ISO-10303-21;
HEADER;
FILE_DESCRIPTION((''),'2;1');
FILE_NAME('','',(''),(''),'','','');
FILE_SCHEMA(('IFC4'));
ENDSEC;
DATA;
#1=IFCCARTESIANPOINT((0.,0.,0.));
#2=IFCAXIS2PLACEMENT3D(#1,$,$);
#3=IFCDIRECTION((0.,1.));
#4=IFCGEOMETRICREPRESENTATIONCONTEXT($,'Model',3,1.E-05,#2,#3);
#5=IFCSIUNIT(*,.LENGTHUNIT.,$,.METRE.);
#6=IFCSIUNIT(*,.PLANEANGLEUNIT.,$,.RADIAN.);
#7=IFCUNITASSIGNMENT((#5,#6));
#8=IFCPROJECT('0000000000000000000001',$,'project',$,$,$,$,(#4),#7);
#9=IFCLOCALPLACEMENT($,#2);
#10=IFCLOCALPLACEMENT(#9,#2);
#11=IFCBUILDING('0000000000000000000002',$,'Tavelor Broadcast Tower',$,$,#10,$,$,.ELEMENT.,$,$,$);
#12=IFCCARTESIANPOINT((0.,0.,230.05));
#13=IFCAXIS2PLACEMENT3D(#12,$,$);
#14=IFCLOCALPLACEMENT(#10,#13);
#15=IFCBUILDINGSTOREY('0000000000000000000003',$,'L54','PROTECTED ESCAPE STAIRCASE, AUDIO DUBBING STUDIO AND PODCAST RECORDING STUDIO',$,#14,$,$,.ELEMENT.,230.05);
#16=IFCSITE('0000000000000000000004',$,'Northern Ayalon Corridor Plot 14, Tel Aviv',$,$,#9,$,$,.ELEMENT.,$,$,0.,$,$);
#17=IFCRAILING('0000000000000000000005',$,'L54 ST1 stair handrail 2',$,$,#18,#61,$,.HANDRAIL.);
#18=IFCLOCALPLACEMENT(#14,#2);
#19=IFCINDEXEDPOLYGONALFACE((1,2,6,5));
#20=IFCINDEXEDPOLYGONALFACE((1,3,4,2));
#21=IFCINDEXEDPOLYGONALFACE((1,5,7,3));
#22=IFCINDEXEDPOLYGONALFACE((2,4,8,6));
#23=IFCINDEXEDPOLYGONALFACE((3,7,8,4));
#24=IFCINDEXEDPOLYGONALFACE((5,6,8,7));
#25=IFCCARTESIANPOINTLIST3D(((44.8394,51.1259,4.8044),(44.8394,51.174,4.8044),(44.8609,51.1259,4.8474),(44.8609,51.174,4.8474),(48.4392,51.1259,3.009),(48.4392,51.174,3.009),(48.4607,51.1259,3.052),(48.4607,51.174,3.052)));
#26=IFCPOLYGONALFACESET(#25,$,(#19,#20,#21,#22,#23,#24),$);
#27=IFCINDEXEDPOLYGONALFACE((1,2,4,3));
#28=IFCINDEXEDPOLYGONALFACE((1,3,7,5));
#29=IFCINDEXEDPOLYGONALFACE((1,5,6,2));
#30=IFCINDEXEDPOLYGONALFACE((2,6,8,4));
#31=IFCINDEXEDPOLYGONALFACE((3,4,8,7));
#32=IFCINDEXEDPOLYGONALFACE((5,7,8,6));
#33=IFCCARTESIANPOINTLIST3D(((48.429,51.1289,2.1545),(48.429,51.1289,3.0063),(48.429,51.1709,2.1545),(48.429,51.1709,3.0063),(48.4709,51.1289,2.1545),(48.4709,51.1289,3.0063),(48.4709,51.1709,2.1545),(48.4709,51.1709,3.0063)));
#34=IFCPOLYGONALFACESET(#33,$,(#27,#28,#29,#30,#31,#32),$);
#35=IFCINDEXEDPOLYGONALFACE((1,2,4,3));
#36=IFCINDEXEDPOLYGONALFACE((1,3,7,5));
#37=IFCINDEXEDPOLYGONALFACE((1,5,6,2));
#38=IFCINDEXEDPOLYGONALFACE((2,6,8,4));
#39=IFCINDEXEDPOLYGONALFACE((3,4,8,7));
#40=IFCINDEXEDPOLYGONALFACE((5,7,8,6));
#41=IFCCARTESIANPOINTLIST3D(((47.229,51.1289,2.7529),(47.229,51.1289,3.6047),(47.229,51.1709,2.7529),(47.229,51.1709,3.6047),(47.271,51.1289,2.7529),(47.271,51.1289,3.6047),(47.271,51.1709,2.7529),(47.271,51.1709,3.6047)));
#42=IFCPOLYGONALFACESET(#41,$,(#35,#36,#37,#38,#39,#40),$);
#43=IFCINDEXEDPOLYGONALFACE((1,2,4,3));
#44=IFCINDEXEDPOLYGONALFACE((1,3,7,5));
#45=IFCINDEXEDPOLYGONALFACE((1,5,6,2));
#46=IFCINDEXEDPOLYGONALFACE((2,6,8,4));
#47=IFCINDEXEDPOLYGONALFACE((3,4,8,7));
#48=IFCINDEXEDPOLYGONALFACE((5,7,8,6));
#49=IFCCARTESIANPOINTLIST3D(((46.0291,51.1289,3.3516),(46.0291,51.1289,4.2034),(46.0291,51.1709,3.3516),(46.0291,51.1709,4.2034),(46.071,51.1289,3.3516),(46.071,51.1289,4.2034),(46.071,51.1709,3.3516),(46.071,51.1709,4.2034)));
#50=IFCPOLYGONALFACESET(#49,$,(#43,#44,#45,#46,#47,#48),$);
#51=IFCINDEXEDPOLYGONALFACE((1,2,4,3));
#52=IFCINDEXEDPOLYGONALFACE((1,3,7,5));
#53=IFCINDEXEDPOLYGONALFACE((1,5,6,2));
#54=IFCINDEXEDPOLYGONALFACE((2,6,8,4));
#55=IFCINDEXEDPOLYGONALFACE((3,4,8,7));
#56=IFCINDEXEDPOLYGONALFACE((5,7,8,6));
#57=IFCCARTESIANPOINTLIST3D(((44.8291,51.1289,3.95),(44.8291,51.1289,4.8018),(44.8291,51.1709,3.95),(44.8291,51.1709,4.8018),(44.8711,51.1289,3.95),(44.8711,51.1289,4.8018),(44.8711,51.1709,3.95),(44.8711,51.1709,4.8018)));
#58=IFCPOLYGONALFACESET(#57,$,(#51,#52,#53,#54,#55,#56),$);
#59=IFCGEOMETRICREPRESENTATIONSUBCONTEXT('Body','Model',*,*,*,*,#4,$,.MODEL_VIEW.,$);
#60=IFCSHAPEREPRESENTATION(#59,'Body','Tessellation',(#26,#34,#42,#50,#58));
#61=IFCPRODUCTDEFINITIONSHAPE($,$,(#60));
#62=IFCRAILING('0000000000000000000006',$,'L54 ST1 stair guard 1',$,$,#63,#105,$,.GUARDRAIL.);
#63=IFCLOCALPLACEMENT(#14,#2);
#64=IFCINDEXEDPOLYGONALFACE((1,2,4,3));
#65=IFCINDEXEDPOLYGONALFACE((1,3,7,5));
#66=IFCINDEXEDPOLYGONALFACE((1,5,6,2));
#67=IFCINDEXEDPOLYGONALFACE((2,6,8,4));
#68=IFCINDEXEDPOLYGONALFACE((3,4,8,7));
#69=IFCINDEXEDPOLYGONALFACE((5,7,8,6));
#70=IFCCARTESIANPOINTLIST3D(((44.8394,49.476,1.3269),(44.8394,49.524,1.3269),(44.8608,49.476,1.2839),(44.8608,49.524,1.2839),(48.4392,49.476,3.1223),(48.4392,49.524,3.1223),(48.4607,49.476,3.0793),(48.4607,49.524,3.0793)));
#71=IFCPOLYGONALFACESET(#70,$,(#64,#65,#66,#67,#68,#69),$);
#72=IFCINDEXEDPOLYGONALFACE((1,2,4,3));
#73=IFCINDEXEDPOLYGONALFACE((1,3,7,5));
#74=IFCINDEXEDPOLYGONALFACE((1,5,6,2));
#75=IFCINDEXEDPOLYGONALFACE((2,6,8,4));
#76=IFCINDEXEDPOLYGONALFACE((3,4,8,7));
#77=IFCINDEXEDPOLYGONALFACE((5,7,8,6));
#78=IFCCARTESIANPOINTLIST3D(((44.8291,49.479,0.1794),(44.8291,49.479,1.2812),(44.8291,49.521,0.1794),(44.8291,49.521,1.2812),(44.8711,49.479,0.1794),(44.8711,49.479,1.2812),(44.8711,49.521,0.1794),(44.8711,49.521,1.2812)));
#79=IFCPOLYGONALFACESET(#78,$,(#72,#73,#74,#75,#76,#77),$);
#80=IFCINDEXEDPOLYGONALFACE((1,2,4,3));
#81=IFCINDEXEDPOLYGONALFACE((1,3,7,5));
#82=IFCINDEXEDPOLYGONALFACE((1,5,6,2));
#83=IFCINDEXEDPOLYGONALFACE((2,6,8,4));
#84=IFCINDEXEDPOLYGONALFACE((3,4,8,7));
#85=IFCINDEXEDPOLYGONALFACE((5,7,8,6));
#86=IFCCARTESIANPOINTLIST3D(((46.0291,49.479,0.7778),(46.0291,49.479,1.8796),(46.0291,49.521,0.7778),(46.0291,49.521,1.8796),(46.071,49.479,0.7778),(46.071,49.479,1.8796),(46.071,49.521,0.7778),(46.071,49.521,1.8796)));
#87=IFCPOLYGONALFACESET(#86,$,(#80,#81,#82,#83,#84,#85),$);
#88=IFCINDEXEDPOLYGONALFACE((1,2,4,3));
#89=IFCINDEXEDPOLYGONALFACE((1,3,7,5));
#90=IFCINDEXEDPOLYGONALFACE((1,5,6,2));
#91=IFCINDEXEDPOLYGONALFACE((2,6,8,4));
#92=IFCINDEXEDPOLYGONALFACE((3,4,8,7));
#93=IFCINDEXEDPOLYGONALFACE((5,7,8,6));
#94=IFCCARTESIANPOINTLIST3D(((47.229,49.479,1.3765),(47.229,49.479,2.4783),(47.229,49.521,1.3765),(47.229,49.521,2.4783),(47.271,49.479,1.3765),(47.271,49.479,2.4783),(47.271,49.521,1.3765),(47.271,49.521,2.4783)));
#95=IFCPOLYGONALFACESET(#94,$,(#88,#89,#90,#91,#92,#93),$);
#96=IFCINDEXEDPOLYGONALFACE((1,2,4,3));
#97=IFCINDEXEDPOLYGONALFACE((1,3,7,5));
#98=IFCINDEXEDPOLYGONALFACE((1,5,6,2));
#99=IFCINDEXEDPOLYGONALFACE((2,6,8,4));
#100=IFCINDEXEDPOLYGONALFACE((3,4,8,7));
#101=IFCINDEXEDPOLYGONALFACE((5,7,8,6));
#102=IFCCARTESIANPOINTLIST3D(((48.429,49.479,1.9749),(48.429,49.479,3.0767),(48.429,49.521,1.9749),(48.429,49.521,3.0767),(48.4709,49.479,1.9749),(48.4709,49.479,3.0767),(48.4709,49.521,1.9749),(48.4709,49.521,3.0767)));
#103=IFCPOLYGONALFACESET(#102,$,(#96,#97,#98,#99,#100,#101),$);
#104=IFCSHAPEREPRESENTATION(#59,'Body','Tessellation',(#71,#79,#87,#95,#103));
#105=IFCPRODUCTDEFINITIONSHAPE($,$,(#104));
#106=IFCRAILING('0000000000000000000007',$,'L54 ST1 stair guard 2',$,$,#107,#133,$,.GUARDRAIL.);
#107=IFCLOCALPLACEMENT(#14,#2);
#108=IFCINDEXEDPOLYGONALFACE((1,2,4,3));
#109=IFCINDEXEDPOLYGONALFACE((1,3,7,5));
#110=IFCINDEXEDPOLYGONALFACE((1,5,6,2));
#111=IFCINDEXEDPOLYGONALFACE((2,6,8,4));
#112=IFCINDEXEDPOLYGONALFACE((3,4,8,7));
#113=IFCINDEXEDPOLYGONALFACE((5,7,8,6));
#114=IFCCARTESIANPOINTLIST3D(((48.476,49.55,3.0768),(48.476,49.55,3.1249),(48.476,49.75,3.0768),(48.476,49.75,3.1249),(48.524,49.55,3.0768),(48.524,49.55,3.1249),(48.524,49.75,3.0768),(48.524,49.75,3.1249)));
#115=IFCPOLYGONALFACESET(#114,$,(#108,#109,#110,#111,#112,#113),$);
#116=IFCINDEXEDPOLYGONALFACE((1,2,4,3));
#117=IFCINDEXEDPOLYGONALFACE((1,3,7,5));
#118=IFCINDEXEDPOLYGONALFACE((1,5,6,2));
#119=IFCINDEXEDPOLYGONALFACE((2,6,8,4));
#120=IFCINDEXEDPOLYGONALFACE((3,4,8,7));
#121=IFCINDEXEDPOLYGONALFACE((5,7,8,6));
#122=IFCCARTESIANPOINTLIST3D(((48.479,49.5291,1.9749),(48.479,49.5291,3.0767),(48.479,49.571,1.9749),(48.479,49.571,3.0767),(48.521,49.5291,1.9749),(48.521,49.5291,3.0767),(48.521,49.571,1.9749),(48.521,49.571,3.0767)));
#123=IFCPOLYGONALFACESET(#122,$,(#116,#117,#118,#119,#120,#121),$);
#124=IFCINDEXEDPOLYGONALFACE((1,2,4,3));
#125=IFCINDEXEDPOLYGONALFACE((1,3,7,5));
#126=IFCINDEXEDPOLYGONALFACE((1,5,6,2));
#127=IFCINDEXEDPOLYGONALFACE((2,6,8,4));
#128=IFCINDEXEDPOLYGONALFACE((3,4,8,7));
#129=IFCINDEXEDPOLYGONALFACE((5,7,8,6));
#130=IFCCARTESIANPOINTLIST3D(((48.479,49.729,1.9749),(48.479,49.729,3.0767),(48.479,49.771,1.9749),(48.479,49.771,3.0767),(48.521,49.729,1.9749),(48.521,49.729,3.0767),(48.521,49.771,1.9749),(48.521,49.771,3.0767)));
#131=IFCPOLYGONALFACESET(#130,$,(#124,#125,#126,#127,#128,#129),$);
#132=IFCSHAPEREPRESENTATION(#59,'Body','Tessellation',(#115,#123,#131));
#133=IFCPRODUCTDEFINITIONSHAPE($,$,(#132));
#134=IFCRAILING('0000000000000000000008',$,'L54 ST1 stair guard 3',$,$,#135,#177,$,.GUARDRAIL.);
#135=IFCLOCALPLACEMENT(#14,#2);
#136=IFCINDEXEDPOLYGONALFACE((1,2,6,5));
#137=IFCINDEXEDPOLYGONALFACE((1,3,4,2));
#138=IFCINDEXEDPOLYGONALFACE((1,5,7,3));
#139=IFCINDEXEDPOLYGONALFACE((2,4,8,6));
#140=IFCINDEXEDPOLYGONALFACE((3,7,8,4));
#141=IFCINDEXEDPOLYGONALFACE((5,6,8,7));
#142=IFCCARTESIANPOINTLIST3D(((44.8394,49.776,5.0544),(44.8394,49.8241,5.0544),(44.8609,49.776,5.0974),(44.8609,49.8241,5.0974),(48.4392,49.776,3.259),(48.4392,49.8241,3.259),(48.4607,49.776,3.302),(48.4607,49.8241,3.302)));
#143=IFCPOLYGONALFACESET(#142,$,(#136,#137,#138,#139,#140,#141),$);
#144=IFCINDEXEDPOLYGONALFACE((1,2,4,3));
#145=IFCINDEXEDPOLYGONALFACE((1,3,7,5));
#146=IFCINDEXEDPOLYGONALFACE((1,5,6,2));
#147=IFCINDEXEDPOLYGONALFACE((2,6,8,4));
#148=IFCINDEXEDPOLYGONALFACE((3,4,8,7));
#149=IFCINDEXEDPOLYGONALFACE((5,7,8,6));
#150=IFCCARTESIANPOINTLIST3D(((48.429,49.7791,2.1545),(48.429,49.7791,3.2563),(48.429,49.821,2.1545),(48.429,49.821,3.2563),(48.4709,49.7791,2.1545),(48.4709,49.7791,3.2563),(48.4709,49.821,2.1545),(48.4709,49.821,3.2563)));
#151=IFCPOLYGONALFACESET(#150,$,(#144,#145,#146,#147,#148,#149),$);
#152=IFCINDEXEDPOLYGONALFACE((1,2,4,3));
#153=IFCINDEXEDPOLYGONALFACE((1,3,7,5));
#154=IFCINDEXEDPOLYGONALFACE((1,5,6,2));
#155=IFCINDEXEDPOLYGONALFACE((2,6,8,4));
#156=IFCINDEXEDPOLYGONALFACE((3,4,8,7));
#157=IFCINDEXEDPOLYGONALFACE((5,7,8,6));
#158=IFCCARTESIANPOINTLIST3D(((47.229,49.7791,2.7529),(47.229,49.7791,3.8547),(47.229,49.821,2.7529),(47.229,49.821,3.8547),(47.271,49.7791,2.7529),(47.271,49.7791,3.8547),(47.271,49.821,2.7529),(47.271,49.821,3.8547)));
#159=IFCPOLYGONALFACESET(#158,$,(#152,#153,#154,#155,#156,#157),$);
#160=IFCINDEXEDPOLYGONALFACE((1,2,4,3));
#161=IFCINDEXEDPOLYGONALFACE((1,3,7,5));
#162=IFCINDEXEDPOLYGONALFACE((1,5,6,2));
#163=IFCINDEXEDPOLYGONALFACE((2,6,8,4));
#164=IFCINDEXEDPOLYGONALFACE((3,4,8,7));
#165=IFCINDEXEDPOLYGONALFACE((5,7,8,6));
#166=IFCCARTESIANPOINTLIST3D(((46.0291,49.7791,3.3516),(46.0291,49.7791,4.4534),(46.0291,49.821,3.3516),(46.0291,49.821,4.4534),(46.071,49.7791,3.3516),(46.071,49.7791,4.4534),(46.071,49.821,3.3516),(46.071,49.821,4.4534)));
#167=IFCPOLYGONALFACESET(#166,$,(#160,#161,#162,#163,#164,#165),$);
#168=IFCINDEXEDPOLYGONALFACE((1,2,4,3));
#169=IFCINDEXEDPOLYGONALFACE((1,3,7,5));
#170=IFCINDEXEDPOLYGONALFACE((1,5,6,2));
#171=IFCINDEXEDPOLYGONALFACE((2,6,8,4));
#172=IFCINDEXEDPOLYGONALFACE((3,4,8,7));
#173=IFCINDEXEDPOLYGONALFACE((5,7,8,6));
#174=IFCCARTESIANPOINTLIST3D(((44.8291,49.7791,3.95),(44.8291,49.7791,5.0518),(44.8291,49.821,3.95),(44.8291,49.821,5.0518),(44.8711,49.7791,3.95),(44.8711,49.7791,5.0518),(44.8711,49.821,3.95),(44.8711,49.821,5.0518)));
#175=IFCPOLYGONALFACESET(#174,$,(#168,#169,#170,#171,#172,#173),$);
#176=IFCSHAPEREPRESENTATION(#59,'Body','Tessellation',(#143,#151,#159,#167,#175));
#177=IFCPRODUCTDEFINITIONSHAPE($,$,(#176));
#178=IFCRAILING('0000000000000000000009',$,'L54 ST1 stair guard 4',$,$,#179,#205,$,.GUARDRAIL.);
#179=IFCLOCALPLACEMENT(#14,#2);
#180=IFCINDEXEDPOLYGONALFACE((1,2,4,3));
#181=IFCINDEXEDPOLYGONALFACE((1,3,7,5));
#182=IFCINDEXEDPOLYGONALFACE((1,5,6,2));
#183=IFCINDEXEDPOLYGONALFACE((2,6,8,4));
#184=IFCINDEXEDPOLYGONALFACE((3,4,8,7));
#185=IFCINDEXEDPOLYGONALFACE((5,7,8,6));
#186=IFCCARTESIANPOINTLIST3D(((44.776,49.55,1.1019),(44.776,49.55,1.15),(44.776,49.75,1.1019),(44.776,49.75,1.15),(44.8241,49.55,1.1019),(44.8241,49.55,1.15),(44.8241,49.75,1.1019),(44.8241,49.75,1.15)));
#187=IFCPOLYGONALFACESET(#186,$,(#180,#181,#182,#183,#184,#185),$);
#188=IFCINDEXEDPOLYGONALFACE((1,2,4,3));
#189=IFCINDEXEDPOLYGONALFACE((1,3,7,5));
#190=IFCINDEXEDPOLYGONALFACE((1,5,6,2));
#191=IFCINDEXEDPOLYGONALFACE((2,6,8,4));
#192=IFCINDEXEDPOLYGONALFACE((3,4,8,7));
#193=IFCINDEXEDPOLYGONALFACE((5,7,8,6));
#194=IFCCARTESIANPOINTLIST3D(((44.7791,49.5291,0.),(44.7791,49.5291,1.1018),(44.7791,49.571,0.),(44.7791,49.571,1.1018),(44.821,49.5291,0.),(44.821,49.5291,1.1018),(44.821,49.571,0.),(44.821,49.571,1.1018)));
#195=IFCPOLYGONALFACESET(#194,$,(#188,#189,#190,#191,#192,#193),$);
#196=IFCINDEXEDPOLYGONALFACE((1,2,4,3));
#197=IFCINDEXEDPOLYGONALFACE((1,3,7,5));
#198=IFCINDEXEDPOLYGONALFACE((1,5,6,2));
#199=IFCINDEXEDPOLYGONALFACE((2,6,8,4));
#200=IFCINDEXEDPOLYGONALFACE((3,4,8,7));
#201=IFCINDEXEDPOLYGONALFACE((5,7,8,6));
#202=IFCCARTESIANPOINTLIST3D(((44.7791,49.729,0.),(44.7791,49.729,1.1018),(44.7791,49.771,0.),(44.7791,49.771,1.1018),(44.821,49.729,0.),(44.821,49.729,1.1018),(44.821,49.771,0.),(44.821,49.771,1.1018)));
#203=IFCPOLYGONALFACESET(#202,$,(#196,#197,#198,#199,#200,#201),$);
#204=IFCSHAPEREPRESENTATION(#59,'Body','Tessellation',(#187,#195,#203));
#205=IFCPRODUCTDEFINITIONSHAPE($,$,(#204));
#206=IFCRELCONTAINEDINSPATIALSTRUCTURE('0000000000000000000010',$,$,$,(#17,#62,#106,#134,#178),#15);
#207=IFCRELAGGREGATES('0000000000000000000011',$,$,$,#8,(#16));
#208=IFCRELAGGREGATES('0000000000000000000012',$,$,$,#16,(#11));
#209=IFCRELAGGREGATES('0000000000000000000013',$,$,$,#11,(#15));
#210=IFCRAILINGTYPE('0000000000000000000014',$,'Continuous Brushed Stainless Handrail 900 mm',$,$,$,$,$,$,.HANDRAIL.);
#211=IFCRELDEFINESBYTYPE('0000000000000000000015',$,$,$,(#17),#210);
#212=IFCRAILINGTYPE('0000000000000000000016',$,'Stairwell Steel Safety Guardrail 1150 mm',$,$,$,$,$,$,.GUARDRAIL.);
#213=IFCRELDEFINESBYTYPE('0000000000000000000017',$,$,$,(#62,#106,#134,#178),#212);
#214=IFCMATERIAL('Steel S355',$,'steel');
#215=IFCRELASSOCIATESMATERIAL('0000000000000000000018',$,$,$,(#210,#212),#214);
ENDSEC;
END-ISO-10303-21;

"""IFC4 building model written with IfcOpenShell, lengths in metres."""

from ifc_helpers import new_model, si_unit, direction, frame, origin, origin_2d, place, context, subcontext, project, spatial, rectangle, extrude, material, type_object, element, save


model = new_model("IFC4")

# Units and contexts
model_context = context("Model", 3, precision=1e-05, world=origin(), true_north=direction((0.0, 1.0)))
body_context = subcontext(model_context, "Body", "Model", "MODEL_VIEW")
ifc_project = project(units=[si_unit("LENGTHUNIT", "METRE"), si_unit("PLANEANGLEUNIT", "RADIAN")], contexts=[model_context])

# Site, building, storey
site_placement = place(None, origin())
site = spatial("IfcSite", under=ifc_project, at=site_placement, Name="Northern Ayalon Corridor Plot 14, Tel Aviv", CompositionType="ELEMENT", RefElevation=0.0)
building_placement = place(site_placement, origin())
building = spatial("IfcBuilding", under=site, at=building_placement, Name="Tavelor Broadcast Tower", CompositionType="ELEMENT")
storey_placement = place(building_placement, frame((0.0, 0.0, 230.05)))
storey = spatial("IfcBuildingStorey", under=building, at=storey_placement, Name="L54", Description="PROTECTED ESCAPE STAIRCASE, AUDIO DUBBING STUDIO AND PODCAST RECORDING STUDIO", CompositionType="ELEMENT", Elevation=230.05)

# Shared definitions
ifc_material_1 = material(Name="Steel S355", Category="steel")

# Railings
railing_type_1 = type_object("IfcRailingType", Name="Continuous Brushed Stainless Handrail 900 mm", PredefinedType="HANDRAIL", material=ifc_material_1)
railing_1_placement = place(storey_placement, frame((48.45, 51.1499, 2.1545)))
element("IfcRailing", 1, at=railing_1_placement, inside=storey, type_object=railing_type_1, Name="L54 ST1 stair handrail 2", PredefinedType="HANDRAIL", context=body_context, shape_type="SweptSolid", body=[
    extrude(rectangle(XDim=0.0481, YDim=0.0481, at=origin_2d()), frame((0.0, 0.0, 0.876), z_axis=(-0.894876, 0.0, 0.446315), x_axis=(0.0, -1.0, 0.0)), (0.0, 0.0, 1.0), 4.0227),
    extrude(rectangle(XDim=0.042, YDim=0.042, at=origin_2d()), origin(), (0.0, 0.0, 1.0), 0.8518),
    extrude(rectangle(XDim=0.042, YDim=0.042, at=origin_2d()), frame((-1.2, 0.0, 0.5984)), (0.0, 0.0, 1.0), 0.8518),
    extrude(rectangle(XDim=0.042, YDim=0.042, at=origin_2d()), frame((-2.3999, 0.0, 1.197)), (0.0, 0.0, 1.0), 0.8518),
    extrude(rectangle(XDim=0.042, YDim=0.042, at=origin_2d()), frame((-3.5999, 0.0, 1.7954)), (0.0, 0.0, 1.0), 0.8518),
])
railing_type_2 = type_object("IfcRailingType", Name="Stairwell Steel Safety Guardrail 1150 mm", PredefinedType="GUARDRAIL", material=ifc_material_1)
railing_2_placement = place(storey_placement, frame((44.8501, 49.5, 0.1794)))
element("IfcRailing", 2, at=railing_2_placement, inside=storey, type_object=railing_type_2, Name="L54 ST1 stair guard 1", PredefinedType="GUARDRAIL", context=body_context, shape_type="SweptSolid", body=[
    extrude(rectangle(XDim=0.0481, YDim=0.0481, at=origin_2d()), frame((0.0, 0.0, 1.126), z_axis=(0.894876, 0.0, 0.446315), x_axis=(0.0, 1.0, 0.0)), (0.0, 0.0, 1.0), 4.0227),
    extrude(rectangle(XDim=0.042, YDim=0.042, at=origin_2d()), origin(), (0.0, 0.0, 1.0), 1.1018),
    extrude(rectangle(XDim=0.042, YDim=0.042, at=origin_2d()), frame((1.2, 0.0, 0.5984)), (0.0, 0.0, 1.0), 1.1018),
    extrude(rectangle(XDim=0.042, YDim=0.042, at=origin_2d()), frame((2.3999, 0.0, 1.197)), (0.0, 0.0, 1.0), 1.1018),
    extrude(rectangle(XDim=0.042, YDim=0.042, at=origin_2d()), frame((3.5999, 0.0, 1.7954)), (0.0, 0.0, 1.0), 1.1018),
])
railing_3_placement = place(storey_placement, frame((48.5, 49.55, 1.9749)))
element("IfcRailing", 3, at=railing_3_placement, inside=storey, type_object=railing_type_2, Name="L54 ST1 stair guard 2", PredefinedType="GUARDRAIL", context=body_context, shape_type="SweptSolid", body=[
    extrude(rectangle(XDim=0.0481, YDim=0.0481, at=origin_2d()), frame((0.0, 0.0, 1.126), z_axis=(0.0, 1.0, 0.0), x_axis=(-1.0, 0.0, 0.0)), (0.0, 0.0, 1.0), 0.2),
    extrude(rectangle(XDim=0.042, YDim=0.042, at=origin_2d()), origin(), (0.0, 0.0, 1.0), 1.1018),
    extrude(rectangle(XDim=0.042, YDim=0.042, at=origin_2d()), frame((0.0, 0.2, 0.0)), (0.0, 0.0, 1.0), 1.1018),
])
railing_4_placement = place(storey_placement, frame((48.45, 49.8, 2.1545)))
element("IfcRailing", 4, at=railing_4_placement, inside=storey, type_object=railing_type_2, Name="L54 ST1 stair guard 3", PredefinedType="GUARDRAIL", context=body_context, shape_type="SweptSolid", body=[
    extrude(rectangle(XDim=0.0481, YDim=0.0481, at=origin_2d()), frame((0.0, 0.0, 1.126), z_axis=(-0.894876, 0.0, 0.446315), x_axis=(0.0, -1.0, 0.0)), (0.0, 0.0, 1.0), 4.0227),
    extrude(rectangle(XDim=0.042, YDim=0.042, at=origin_2d()), origin(), (0.0, 0.0, 1.0), 1.1018),
    extrude(rectangle(XDim=0.042, YDim=0.042, at=origin_2d()), frame((-1.2, 0.0, 0.5984)), (0.0, 0.0, 1.0), 1.1018),
    extrude(rectangle(XDim=0.042, YDim=0.042, at=origin_2d()), frame((-2.3999, 0.0, 1.197)), (0.0, 0.0, 1.0), 1.1018),
    extrude(rectangle(XDim=0.042, YDim=0.042, at=origin_2d()), frame((-3.5999, 0.0, 1.7954)), (0.0, 0.0, 1.0), 1.1018),
])
railing_5_placement = place(storey_placement, frame((44.8, 49.55, 0.0)))
element("IfcRailing", 5, at=railing_5_placement, inside=storey, type_object=railing_type_2, Name="L54 ST1 stair guard 4", PredefinedType="GUARDRAIL", context=body_context, shape_type="SweptSolid", body=[
    extrude(rectangle(XDim=0.0481, YDim=0.0481, at=origin_2d()), frame((0.0, 0.0, 1.126), z_axis=(0.0, 1.0, 0.0), x_axis=(-1.0, 0.0, 0.0)), (0.0, 0.0, 1.0), 0.2),
    extrude(rectangle(XDim=0.042, YDim=0.042, at=origin_2d()), origin(), (0.0, 0.0, 1.0), 1.1018),
    extrude(rectangle(XDim=0.042, YDim=0.042, at=origin_2d()), frame((0.0, 0.2, 0.0)), (0.0, 0.0, 1.0), 1.1018),
])

save(model, "model.ifc")
